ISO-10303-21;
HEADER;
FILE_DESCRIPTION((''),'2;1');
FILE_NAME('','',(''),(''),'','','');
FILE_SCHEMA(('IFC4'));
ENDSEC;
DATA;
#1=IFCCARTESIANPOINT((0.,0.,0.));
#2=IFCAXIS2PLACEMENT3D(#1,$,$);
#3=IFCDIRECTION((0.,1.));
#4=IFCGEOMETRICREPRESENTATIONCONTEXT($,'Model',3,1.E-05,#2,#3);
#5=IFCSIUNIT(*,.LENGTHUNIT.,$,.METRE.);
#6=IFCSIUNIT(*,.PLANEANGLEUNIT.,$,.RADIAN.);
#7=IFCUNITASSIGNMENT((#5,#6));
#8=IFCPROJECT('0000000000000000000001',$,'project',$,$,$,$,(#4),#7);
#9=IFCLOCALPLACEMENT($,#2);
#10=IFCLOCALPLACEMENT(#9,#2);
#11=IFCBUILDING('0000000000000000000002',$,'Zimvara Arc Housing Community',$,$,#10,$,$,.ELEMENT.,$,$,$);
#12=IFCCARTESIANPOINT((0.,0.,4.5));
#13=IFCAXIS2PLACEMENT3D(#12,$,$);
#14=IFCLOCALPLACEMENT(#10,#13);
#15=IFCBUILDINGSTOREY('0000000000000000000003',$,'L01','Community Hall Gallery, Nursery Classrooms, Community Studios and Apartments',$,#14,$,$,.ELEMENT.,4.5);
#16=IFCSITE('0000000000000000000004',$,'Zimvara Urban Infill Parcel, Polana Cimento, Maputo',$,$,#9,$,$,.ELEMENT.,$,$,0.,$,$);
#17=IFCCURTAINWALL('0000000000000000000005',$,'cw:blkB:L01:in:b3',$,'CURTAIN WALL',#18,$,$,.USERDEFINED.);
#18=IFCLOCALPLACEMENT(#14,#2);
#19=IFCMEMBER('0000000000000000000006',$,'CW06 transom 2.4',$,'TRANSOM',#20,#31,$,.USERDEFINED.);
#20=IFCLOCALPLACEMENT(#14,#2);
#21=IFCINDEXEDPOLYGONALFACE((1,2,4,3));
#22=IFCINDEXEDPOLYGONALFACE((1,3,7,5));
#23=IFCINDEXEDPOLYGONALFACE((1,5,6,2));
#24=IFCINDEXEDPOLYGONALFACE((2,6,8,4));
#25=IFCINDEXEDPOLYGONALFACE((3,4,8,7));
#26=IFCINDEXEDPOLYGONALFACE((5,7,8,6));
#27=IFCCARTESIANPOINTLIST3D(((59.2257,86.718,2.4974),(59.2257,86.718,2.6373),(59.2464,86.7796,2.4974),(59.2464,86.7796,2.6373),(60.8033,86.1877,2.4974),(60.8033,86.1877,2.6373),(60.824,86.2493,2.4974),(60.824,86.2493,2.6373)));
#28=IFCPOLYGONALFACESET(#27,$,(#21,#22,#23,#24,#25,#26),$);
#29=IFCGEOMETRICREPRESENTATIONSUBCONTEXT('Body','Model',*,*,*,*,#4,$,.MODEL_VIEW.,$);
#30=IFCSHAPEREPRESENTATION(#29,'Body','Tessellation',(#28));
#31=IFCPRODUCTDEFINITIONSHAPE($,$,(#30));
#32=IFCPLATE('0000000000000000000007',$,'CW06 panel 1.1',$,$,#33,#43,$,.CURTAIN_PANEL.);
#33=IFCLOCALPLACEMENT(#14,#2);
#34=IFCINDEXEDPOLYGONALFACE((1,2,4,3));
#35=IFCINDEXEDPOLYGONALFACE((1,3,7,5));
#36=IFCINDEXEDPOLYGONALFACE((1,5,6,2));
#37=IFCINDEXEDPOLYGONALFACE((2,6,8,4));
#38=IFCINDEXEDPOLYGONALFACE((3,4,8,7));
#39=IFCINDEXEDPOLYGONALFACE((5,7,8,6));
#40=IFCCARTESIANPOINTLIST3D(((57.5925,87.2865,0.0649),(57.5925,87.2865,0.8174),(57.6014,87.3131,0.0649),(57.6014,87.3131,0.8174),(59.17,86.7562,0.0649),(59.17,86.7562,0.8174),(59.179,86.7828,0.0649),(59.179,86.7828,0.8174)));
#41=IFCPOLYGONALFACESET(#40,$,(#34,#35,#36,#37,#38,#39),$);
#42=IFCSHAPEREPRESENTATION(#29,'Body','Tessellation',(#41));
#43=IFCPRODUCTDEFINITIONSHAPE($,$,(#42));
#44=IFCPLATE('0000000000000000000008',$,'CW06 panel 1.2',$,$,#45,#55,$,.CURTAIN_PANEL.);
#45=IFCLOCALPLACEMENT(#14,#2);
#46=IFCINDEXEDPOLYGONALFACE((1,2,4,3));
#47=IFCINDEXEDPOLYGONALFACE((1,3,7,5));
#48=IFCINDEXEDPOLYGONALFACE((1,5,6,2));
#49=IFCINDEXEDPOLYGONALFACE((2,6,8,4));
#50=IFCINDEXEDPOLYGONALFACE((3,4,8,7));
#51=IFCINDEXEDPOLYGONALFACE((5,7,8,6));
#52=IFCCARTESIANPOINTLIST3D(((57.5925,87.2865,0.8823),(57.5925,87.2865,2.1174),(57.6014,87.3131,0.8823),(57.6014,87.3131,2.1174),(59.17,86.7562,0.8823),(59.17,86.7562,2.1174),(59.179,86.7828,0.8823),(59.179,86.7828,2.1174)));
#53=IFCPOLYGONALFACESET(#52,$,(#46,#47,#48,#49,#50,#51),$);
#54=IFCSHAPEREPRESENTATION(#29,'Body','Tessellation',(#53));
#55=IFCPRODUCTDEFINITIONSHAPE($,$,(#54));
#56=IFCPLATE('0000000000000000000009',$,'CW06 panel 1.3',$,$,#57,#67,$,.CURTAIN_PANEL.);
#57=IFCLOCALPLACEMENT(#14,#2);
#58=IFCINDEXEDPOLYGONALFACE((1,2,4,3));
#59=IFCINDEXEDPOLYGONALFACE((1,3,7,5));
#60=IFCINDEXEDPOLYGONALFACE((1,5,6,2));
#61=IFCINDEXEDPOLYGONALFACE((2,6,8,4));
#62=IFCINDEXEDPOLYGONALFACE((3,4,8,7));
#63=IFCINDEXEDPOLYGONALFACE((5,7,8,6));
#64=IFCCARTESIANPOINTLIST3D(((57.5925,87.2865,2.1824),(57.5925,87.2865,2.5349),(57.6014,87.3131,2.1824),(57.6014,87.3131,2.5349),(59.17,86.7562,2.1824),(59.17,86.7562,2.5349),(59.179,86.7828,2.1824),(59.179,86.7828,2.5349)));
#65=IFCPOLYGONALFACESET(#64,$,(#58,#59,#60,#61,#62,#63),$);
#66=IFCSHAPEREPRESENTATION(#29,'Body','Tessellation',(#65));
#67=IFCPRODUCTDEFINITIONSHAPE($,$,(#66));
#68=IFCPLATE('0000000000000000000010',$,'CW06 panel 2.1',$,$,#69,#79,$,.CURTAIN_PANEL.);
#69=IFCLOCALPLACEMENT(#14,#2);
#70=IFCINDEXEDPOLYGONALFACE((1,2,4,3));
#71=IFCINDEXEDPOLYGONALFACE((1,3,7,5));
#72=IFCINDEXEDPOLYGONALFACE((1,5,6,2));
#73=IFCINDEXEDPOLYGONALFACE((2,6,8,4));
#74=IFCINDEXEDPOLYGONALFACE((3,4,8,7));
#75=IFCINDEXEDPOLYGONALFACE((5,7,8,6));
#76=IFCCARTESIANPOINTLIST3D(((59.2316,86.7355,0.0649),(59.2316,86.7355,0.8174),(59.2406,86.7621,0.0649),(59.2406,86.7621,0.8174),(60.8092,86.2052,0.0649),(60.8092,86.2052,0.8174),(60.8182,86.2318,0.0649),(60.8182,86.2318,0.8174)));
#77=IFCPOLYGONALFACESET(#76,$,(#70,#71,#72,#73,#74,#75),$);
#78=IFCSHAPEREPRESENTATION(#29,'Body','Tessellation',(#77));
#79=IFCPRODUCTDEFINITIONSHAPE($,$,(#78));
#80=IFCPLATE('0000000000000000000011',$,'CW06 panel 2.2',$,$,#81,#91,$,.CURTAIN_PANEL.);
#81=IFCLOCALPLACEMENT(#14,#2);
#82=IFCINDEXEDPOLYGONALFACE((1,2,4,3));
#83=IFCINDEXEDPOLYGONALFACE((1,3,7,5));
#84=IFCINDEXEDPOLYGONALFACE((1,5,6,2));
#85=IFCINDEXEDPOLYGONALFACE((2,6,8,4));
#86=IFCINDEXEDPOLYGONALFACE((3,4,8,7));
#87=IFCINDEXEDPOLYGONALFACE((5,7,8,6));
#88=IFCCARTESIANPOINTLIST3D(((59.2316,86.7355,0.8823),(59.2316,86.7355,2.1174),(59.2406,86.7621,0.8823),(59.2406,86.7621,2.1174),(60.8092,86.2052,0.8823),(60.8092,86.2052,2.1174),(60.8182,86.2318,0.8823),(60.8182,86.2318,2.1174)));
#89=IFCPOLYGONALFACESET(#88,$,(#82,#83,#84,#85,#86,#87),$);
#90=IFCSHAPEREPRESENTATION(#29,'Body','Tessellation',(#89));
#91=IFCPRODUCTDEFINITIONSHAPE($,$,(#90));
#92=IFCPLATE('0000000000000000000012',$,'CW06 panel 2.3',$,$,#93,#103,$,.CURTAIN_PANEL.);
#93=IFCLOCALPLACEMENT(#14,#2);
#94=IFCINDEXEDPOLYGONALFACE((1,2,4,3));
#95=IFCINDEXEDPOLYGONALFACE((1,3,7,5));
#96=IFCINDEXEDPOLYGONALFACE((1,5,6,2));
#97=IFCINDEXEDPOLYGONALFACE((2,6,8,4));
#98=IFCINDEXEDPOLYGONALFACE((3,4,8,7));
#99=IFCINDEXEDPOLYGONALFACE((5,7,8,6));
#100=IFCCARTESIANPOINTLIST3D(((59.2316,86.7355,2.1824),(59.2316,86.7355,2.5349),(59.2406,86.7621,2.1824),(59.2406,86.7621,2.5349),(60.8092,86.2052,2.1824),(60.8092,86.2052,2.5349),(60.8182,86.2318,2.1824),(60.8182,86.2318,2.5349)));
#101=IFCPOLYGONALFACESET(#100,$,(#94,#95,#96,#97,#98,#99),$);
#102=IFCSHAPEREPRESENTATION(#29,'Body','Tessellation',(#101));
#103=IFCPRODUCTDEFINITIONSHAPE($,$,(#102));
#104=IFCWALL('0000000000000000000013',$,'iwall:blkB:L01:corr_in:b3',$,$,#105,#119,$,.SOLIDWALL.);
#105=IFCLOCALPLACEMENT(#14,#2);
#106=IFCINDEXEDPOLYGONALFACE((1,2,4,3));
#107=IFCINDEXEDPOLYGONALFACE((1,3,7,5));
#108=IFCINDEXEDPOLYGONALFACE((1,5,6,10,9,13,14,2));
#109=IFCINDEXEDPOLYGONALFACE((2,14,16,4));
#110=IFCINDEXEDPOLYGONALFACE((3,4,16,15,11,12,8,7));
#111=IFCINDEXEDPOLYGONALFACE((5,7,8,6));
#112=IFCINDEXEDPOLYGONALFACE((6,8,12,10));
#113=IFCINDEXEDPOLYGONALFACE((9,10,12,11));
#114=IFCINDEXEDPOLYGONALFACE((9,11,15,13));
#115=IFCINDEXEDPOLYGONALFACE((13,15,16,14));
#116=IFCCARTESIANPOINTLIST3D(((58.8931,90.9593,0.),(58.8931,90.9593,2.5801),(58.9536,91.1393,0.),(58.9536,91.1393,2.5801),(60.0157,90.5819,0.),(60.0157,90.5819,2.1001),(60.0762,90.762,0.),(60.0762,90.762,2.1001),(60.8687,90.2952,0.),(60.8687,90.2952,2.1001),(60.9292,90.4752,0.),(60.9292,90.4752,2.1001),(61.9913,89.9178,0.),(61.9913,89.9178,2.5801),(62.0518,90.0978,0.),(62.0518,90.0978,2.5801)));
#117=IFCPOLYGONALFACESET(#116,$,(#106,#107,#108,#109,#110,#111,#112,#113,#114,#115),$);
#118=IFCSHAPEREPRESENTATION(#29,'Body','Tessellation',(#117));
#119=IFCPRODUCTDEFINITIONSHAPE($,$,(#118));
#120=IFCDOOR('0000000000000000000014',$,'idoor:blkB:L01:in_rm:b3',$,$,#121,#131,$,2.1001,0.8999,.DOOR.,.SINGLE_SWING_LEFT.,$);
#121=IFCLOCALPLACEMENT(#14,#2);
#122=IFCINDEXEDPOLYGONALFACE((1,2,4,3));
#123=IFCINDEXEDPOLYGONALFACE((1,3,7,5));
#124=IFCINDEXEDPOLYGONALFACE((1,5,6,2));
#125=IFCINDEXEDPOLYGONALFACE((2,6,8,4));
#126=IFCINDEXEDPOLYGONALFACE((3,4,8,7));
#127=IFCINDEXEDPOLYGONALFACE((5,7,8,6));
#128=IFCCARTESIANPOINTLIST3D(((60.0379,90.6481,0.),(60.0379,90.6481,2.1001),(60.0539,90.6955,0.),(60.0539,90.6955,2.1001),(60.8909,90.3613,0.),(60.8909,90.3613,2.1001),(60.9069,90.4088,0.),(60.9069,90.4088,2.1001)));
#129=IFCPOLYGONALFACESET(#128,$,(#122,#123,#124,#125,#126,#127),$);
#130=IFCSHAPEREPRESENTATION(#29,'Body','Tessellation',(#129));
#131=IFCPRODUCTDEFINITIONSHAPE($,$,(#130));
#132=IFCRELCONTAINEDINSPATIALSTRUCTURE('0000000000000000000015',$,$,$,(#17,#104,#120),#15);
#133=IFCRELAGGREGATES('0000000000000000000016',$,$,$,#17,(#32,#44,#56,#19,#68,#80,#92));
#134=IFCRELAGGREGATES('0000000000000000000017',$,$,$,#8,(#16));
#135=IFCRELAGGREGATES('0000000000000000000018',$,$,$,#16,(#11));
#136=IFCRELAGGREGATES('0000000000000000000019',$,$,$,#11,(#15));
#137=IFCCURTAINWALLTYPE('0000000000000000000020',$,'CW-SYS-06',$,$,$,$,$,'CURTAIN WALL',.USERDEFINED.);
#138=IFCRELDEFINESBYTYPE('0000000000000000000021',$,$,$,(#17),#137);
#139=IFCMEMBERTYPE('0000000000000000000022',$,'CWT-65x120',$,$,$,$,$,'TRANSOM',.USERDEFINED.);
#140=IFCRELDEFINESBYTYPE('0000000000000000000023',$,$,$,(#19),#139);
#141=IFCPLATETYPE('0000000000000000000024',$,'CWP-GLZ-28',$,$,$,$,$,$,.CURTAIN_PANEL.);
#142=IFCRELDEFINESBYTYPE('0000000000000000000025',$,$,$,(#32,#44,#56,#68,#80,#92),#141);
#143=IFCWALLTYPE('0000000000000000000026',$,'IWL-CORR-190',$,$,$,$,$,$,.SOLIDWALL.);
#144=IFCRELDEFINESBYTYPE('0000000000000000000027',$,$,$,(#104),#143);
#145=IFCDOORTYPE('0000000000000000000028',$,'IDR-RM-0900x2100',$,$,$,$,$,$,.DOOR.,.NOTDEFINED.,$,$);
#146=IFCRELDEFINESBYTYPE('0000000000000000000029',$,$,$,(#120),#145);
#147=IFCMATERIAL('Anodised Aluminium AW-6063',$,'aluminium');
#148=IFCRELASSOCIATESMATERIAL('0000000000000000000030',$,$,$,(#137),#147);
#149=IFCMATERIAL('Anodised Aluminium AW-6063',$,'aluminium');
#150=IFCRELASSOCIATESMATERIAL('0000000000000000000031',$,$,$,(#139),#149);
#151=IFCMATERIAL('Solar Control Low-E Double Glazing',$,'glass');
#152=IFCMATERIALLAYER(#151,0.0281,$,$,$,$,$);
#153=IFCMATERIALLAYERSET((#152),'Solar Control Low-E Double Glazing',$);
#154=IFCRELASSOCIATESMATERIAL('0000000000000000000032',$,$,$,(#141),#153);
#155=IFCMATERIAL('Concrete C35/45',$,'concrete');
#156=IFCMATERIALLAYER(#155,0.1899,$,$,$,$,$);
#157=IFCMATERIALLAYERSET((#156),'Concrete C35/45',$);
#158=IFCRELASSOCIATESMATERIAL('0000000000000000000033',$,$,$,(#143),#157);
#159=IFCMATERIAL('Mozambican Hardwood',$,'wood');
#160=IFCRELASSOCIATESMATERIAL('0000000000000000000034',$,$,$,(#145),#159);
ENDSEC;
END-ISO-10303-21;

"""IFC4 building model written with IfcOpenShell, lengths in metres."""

from ifc_helpers import new_model, si_unit, direction, frame, frame_2d, origin, origin_2d, place, context, subcontext, project, spatial, rectangle, extrude, material, layer, layer_set, material_profile, profile_set, type_object, element, fill, aggregate, save


model = new_model("IFC4")

# Units and contexts
model_context = context("Model", 3, precision=1e-05, world=origin(), true_north=direction((0.0, 1.0)))
body_context = subcontext(model_context, "Body", "Model", "MODEL_VIEW")
ifc_project = project(units=[si_unit("LENGTHUNIT", "METRE"), si_unit("PLANEANGLEUNIT", "RADIAN")], contexts=[model_context])

# Site, building, storey
site_placement = place(None, origin())
site = spatial("IfcSite", under=ifc_project, at=site_placement, Name="Zimvara Urban Infill Parcel, Polana Cimento, Maputo", CompositionType="ELEMENT", RefElevation=0.0)
building_placement = place(site_placement, origin())
building = spatial("IfcBuilding", under=site, at=building_placement, Name="Zimvara Arc Housing Community", CompositionType="ELEMENT")
storey_placement = place(building_placement, frame((0.0, 0.0, 4.5)))
storey = spatial("IfcBuildingStorey", under=building, at=storey_placement, Name="L01", Description="Community Hall Gallery, Nursery Classrooms, Community Studios and Apartments", CompositionType="ELEMENT", Elevation=4.5)

# Curtain wall, member, plates
ifc_material_1 = material(Name="Anodised Aluminium AW-6063", Category="aluminium")
curtain_wall_type = type_object("IfcCurtainWallType", Name="CW-SYS-06", ElementType="CURTAIN WALL", PredefinedType="USERDEFINED", material=ifc_material_1)
curtain_wall_placement = place(storey_placement, origin())
curtain_wall = element("IfcCurtainWall", 1, at=curtain_wall_placement, inside=storey, type_object=curtain_wall_type, Name="cw:blkB:L01:in:b3", ObjectType="CURTAIN WALL", PredefinedType="USERDEFINED")
ifc_material_2 = material(Name="Anodised Aluminium AW-6063", Category="aluminium")
ifc_material_profile_1 = material_profile(ifc_material_2, rectangle(XDim=0.0649, YDim=0.1399, at=origin_2d()), Name="ALU 65x140")
ifc_profile_set_1 = profile_set([ifc_material_profile_1], Name="Anodised Aluminium AW-6063")
member_type_1 = type_object("IfcMemberType", Name="CWT-65x120", ElementType="TRANSOM", PredefinedType="USERDEFINED", material=ifc_profile_set_1)
member_1_placement = place(storey_placement, frame((59.2361, 86.7488, 2.5674), z_axis=(0.947888, -0.318603, 0.0), x_axis=(0.318603, 0.947888, 0.0)))
member_1 = element("IfcMember", 2, at=member_1_placement, type_object=member_type_1, Name="CW06 transom 2.4", ObjectType="TRANSOM", PredefinedType="USERDEFINED", context=body_context, shape_type="SweptSolid", body=[
    extrude(rectangle(XDim=0.0649, YDim=0.1399, at=origin_2d()), origin(), (0.0, 0.0, 1.0), 1.6643),
])
ifc_material_3 = material(Name="Solar Control Low-E Double Glazing", Category="glass")
ifc_layer_1 = layer(ifc_material_3, 0.0281)
ifc_layer_set_1 = layer_set([ifc_layer_1], Name="Solar Control Low-E Double Glazing")
plate_type = type_object("IfcPlateType", Name="CWP-GLZ-28", PredefinedType="CURTAIN_PANEL", material=ifc_layer_set_1)
plate_1_placement = place(storey_placement, frame((58.3857, 87.0347, 0.0649), z_axis=(0.0, 0.0, 1.0), x_axis=(0.947879, -0.31863, 0.0)))
plate_1 = element("IfcPlate", 3, at=plate_1_placement, type_object=plate_type, Name="CW06 panel 1.1", PredefinedType="CURTAIN_PANEL", context=body_context, shape_type="SweptSolid", body=[
    extrude(rectangle(XDim=1.6643, YDim=0.0281, at=origin_2d()), origin(), (0.0, 0.0, 1.0), 0.7524),
])
plate_2_placement = place(storey_placement, frame((58.3857, 87.0347, 0.8823), z_axis=(0.0, 0.0, 1.0), x_axis=(0.947879, -0.31863, 0.0)))
plate_2 = element("IfcPlate", 4, at=plate_2_placement, type_object=plate_type, Name="CW06 panel 1.2", PredefinedType="CURTAIN_PANEL", context=body_context, shape_type="SweptSolid", body=[
    extrude(rectangle(XDim=1.6643, YDim=0.0281, at=origin_2d()), origin(), (0.0, 0.0, 1.0), 1.2351),
])
plate_3_placement = place(storey_placement, frame((58.3857, 87.0347, 2.1824), z_axis=(0.0, 0.0, 1.0), x_axis=(0.947879, -0.31863, 0.0)))
plate_3 = element("IfcPlate", 5, at=plate_3_placement, type_object=plate_type, Name="CW06 panel 1.3", PredefinedType="CURTAIN_PANEL", context=body_context, shape_type="SweptSolid", body=[
    extrude(rectangle(XDim=1.6643, YDim=0.0281, at=origin_2d()), origin(), (0.0, 0.0, 1.0), 0.3525),
])
plate_4_placement = place(storey_placement, frame((60.0249, 86.4836, 0.0649), z_axis=(0.0, 0.0, 1.0), x_axis=(0.947879, -0.31863, 0.0)))
plate_4 = element("IfcPlate", 6, at=plate_4_placement, type_object=plate_type, Name="CW06 panel 2.1", PredefinedType="CURTAIN_PANEL", context=body_context, shape_type="SweptSolid", body=[
    extrude(rectangle(XDim=1.6643, YDim=0.0281, at=origin_2d()), origin(), (0.0, 0.0, 1.0), 0.7524),
])
plate_5_placement = place(storey_placement, frame((60.0249, 86.4836, 0.8823), z_axis=(0.0, 0.0, 1.0), x_axis=(0.947879, -0.31863, 0.0)))
plate_5 = element("IfcPlate", 7, at=plate_5_placement, type_object=plate_type, Name="CW06 panel 2.2", PredefinedType="CURTAIN_PANEL", context=body_context, shape_type="SweptSolid", body=[
    extrude(rectangle(XDim=1.6643, YDim=0.0281, at=origin_2d()), origin(), (0.0, 0.0, 1.0), 1.2351),
])
plate_6_placement = place(storey_placement, frame((60.0249, 86.4836, 2.1824), z_axis=(0.0, 0.0, 1.0), x_axis=(0.947879, -0.31863, 0.0)))
plate_6 = element("IfcPlate", 8, at=plate_6_placement, type_object=plate_type, Name="CW06 panel 2.3", PredefinedType="CURTAIN_PANEL", context=body_context, shape_type="SweptSolid", body=[
    extrude(rectangle(XDim=1.6643, YDim=0.0281, at=origin_2d()), origin(), (0.0, 0.0, 1.0), 0.3525),
])
aggregate(curtain_wall, [plate_1, plate_2, plate_3, member_1, plate_4, plate_5, plate_6])

# Wall, opening, door
ifc_material_4 = material(Name="Concrete C35/45", Category="concrete")
ifc_layer_2 = layer(ifc_material_4, 0.1899)
ifc_layer_set_2 = layer_set([ifc_layer_2], Name="Concrete C35/45")
wall_type = type_object("IfcWallType", Name="IWL-CORR-190", PredefinedType="SOLIDWALL", material=ifc_layer_set_2)
wall_placement = place(storey_placement, frame((58.9233, 91.0493, 0.0), z_axis=(0.0, 0.0, 1.0), x_axis=(0.947874, -0.318647, 0.0)))
wall = element("IfcWall", 9, at=wall_placement, inside=storey, type_object=wall_type, Name="iwall:blkB:L01:corr_in:b3", PredefinedType="SOLIDWALL", context=body_context, shape_type="SweptSolid", body=[
    extrude(rectangle(XDim=3.2686, YDim=0.1899, at=frame_2d((1.6343, 0.0))), origin(), (0.0, 0.0, 1.0), 2.5801),
])
opening_placement = place(wall_placement, frame((1.1843, 0.0, 0.0)))
opening = element("IfcOpeningElement", 10, at=opening_placement, cuts=wall, PredefinedType="OPENING", context=body_context, shape_type="SweptSolid", body=[
    extrude(rectangle(XDim=0.8999, YDim=2.1001, at=frame_2d((0.45, 1.05))), frame((0.0, 0.105, 0.0), z_axis=(0.0, -1.0, 0.0), x_axis=(1.0, 0.0, 0.0)), (0.0, 0.0, 1.0), 0.21),
])
ifc_material_5 = material(Name="Mozambican Hardwood", Category="wood")
door_type = type_object("IfcDoorType", Name="IDR-RM-0900x2100", OperationType="NOTDEFINED", PredefinedType="DOOR", material=ifc_material_5)
door_placement = place(opening_placement, origin())
door = element("IfcDoor", 11, at=door_placement, inside=storey, type_object=door_type, Name="idoor:blkB:L01:in_rm:b3", OperationType="SINGLE_SWING_LEFT", OverallHeight=2.1001, OverallWidth=0.8999, PredefinedType="DOOR", context=body_context, shape_type="SweptSolid", body=[
    extrude(rectangle(XDim=0.8999, YDim=2.1001, at=frame_2d((0.45, 1.05))), frame((0.0, 0.0249, 0.0), z_axis=(0.0, -1.0, 0.0), x_axis=(1.0, 0.0, 0.0)), (0.0, 0.0, 1.0), 0.05),
])
fill(opening, door)

save(model, "model.ifc")
